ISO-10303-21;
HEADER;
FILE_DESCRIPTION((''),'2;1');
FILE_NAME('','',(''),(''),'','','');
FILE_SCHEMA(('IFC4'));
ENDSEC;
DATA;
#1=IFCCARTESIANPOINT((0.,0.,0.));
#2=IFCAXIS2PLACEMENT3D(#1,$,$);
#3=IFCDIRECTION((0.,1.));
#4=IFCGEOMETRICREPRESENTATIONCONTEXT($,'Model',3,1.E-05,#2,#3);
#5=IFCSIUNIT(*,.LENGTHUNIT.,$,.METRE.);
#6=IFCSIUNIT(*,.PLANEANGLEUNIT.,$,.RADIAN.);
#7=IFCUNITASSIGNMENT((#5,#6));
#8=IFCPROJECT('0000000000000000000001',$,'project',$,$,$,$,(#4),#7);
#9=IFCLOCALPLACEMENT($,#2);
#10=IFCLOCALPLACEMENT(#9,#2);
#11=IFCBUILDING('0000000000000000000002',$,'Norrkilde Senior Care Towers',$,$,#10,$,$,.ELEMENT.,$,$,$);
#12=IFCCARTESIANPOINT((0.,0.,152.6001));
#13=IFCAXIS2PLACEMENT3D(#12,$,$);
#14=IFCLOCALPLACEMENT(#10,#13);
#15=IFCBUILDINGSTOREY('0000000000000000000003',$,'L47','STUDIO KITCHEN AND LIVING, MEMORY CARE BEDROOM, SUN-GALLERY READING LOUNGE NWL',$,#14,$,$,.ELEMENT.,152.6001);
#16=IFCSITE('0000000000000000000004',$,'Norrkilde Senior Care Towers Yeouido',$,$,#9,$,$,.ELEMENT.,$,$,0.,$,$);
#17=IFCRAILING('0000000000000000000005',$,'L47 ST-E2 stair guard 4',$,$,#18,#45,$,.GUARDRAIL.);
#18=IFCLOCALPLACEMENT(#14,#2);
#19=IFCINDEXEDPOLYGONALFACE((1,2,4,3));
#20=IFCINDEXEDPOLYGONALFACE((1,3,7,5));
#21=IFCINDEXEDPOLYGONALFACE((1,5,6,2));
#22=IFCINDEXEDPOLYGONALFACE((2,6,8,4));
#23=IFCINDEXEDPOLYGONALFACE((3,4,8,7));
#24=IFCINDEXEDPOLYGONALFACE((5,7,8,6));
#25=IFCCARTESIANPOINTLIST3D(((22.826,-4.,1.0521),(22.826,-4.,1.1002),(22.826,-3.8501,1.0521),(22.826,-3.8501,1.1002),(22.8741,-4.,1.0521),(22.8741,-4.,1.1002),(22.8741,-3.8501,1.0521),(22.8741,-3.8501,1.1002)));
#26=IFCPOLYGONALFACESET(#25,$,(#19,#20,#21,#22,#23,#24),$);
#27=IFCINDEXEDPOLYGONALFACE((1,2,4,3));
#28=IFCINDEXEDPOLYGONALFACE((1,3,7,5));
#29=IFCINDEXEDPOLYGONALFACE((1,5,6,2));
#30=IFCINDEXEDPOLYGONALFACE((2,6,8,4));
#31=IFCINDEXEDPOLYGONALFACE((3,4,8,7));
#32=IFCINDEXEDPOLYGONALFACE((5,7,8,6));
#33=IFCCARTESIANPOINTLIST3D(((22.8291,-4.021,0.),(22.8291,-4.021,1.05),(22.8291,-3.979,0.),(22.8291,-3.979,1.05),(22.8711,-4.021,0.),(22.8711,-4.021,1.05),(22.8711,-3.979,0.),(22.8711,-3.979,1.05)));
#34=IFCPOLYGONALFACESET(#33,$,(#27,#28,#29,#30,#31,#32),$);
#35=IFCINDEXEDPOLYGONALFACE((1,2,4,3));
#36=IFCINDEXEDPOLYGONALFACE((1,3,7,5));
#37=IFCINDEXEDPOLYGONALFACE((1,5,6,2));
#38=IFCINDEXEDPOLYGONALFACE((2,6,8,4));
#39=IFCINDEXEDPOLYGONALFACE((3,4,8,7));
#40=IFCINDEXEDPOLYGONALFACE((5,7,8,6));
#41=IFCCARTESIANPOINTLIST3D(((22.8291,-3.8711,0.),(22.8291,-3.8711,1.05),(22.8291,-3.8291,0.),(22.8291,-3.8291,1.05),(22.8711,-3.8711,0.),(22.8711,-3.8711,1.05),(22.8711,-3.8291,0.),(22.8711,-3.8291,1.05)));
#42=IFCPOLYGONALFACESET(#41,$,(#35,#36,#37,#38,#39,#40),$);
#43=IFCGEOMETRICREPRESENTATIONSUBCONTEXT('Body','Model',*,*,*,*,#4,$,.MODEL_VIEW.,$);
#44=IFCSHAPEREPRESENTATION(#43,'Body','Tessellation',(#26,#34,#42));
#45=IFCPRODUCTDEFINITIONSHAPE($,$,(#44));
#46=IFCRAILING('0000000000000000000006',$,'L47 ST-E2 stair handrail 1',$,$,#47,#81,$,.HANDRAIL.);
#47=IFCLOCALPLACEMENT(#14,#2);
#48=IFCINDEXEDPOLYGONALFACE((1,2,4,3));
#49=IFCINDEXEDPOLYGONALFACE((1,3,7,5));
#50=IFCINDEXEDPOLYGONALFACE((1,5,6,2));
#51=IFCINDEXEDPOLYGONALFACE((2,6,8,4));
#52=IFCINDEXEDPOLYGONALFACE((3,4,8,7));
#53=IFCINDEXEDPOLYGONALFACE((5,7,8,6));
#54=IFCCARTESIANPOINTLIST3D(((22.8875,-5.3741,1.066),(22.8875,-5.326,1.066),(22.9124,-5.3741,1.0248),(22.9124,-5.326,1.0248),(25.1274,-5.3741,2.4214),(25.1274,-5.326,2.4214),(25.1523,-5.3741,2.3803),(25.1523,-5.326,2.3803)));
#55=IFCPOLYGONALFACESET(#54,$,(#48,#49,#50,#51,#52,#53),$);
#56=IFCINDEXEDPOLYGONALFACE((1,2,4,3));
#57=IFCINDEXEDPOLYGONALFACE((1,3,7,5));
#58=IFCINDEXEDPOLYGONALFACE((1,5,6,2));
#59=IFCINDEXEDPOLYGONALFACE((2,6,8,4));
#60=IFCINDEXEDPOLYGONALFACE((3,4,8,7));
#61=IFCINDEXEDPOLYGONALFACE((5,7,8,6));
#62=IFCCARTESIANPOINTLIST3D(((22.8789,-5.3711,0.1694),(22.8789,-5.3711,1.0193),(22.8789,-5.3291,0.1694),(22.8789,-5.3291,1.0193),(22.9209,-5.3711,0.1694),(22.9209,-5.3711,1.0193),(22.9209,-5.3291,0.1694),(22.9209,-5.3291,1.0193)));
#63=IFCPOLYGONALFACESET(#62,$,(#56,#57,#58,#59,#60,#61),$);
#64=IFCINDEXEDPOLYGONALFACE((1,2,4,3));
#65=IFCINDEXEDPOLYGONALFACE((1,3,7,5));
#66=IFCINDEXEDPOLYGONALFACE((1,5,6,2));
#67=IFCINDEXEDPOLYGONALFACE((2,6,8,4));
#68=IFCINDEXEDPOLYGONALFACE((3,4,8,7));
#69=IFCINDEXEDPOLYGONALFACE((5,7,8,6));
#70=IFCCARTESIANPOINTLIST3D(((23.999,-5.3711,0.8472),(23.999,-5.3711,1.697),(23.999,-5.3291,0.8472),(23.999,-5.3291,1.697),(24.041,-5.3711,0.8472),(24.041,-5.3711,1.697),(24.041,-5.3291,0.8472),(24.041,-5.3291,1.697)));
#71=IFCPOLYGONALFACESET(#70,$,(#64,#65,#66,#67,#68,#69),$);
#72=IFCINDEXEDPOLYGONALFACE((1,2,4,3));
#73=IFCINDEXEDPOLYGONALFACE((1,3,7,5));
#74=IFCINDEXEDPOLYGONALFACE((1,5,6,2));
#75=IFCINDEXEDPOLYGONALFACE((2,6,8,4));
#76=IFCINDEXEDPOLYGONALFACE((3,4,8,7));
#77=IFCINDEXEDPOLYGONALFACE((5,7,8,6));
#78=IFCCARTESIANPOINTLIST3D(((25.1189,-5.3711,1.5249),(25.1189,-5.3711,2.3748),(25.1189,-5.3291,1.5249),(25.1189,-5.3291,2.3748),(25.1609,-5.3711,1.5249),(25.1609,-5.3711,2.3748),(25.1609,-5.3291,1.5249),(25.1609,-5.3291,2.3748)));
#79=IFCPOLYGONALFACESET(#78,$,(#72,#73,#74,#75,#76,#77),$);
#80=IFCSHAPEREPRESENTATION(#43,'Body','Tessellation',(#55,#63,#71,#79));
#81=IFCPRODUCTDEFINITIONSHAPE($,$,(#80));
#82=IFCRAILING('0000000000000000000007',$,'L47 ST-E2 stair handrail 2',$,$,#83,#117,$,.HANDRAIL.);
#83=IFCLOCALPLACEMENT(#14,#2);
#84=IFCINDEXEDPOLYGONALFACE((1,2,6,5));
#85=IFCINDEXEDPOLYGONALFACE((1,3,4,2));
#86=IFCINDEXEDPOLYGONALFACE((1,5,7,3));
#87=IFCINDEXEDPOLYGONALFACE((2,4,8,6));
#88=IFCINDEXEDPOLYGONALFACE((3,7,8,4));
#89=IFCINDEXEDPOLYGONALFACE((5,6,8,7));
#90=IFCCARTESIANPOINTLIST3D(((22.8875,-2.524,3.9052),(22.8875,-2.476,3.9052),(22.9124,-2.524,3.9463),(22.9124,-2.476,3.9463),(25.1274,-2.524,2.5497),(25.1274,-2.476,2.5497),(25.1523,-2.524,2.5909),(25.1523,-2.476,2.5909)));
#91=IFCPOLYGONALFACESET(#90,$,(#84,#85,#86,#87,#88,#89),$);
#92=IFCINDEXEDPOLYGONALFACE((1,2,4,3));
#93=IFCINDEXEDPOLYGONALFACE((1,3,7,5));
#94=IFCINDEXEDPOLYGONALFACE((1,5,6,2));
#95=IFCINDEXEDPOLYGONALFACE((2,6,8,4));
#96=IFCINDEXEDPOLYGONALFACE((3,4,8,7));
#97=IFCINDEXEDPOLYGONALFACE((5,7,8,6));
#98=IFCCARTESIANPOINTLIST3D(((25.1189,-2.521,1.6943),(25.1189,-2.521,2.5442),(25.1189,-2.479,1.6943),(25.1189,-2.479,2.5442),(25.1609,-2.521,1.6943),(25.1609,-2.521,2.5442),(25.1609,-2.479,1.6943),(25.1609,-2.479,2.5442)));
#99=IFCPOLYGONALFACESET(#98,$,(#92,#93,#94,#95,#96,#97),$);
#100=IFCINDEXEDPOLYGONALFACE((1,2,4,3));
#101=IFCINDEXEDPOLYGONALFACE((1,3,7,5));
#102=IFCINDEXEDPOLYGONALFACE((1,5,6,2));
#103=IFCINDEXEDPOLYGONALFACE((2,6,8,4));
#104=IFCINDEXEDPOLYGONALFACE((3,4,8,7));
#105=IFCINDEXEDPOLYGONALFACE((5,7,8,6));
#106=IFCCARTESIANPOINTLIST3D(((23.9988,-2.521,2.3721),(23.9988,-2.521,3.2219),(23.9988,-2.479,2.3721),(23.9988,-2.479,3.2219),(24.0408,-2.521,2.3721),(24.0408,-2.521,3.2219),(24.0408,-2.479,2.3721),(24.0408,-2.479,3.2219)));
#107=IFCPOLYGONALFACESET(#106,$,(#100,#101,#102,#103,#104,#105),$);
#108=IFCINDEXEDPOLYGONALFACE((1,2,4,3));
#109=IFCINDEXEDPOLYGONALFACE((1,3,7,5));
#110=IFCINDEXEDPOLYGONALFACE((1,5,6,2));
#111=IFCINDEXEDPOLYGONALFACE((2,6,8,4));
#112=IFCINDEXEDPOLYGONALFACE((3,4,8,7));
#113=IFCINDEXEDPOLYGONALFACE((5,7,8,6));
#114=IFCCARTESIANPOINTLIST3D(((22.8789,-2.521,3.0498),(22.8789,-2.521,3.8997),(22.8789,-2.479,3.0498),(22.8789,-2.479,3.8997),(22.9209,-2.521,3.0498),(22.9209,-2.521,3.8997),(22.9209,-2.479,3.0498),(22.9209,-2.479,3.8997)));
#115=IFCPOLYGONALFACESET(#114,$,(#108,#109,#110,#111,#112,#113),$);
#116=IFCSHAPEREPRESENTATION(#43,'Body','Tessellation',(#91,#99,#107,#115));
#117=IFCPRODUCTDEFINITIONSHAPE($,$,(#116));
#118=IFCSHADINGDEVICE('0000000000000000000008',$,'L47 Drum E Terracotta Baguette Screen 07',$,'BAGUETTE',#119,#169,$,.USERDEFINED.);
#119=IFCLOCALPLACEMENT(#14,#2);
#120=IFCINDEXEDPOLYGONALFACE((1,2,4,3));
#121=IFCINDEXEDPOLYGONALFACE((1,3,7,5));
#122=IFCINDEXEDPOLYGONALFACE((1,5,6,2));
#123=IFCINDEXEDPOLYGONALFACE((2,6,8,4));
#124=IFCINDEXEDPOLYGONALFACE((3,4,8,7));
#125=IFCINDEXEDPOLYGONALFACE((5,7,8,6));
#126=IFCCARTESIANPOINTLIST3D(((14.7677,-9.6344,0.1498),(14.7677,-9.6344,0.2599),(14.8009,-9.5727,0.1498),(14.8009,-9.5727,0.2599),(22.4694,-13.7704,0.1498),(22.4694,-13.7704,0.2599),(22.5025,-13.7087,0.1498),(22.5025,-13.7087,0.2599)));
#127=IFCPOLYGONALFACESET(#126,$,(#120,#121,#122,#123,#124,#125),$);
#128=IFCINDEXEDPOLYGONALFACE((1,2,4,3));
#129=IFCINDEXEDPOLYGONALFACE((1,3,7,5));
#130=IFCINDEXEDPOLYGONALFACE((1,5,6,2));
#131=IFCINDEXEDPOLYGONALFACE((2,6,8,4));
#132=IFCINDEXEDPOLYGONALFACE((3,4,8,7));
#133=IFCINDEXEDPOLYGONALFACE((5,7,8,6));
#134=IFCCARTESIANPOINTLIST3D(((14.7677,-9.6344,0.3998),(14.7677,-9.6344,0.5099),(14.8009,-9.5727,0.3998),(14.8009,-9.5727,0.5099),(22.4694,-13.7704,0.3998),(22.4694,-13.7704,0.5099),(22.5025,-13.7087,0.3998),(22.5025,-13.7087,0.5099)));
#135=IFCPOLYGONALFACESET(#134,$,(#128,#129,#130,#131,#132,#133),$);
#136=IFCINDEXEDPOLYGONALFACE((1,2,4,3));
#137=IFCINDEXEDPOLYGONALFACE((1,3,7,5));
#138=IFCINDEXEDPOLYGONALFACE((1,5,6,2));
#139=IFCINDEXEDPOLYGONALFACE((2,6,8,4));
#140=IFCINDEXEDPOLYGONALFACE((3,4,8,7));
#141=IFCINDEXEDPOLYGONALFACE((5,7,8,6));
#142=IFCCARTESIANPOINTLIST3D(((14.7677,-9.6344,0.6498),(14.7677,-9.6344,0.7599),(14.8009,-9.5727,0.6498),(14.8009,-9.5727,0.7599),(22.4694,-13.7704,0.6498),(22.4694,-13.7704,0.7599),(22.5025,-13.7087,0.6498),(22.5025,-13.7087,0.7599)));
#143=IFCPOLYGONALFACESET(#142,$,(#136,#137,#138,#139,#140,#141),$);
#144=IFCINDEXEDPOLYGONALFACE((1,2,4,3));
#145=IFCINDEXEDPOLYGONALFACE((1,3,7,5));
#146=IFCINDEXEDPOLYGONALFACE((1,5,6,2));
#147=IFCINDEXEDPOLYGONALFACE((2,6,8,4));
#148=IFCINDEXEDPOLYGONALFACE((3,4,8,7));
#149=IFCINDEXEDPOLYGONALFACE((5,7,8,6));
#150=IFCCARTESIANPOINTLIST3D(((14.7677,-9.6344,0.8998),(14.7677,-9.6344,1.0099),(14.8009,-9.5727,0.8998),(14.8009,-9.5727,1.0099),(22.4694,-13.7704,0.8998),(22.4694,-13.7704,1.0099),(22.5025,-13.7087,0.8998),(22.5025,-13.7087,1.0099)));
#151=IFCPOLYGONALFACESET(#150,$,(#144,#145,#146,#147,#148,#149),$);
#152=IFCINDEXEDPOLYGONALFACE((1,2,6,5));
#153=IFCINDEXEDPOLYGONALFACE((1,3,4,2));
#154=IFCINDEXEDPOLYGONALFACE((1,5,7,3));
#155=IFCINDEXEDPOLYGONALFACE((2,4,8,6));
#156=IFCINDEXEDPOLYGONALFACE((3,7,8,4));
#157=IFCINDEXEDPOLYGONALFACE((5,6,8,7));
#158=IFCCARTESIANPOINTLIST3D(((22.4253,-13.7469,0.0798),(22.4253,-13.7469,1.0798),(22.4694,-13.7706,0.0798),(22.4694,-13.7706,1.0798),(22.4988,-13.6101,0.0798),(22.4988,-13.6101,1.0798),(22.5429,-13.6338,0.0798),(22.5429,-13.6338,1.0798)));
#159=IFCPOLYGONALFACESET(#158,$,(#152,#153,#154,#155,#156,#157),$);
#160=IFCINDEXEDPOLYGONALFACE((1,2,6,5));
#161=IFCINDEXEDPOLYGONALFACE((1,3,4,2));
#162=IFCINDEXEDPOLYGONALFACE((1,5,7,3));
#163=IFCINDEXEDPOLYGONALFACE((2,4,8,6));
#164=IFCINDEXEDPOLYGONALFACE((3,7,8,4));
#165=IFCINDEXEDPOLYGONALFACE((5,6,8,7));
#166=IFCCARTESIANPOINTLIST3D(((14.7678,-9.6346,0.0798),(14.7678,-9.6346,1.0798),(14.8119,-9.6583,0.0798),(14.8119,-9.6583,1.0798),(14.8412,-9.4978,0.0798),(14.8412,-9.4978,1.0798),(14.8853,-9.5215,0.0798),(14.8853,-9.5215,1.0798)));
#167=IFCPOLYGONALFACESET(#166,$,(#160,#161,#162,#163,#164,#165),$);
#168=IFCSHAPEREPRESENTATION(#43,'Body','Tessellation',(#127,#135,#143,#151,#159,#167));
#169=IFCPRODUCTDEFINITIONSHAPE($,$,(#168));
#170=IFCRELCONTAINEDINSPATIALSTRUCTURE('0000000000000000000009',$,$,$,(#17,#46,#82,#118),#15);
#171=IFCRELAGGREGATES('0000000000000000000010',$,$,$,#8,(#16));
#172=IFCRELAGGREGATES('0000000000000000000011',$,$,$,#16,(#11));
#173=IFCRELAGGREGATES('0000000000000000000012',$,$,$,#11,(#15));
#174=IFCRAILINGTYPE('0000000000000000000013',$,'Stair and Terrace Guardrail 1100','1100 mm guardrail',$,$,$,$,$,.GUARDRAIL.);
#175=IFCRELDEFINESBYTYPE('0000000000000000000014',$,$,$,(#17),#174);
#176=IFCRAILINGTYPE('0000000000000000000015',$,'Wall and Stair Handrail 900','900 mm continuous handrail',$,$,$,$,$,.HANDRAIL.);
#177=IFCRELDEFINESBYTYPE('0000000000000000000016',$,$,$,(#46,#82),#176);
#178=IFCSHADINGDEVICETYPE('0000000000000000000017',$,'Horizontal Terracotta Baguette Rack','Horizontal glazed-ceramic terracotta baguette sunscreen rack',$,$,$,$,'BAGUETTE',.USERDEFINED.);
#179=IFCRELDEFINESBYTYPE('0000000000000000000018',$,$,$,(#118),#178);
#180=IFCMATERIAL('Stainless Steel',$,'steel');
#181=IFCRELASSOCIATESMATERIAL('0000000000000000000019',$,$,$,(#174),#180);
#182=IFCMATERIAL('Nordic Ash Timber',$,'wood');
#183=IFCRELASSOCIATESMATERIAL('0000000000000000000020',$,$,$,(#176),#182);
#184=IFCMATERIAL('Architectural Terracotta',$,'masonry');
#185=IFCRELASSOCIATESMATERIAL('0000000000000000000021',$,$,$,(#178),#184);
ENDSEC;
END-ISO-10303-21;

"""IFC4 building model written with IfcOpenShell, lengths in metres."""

from ifc_helpers import new_model, si_unit, direction, frame, origin, origin_2d, place, context, subcontext, project, spatial, rectangle, extrude, source, transform, mapped, material, type_object, type_shapes, element, save


model = new_model("IFC4")

# Units and contexts
model_context = context("Model", 3, precision=1e-05, world=origin(), true_north=direction((0.0, 1.0)))
body_context = subcontext(model_context, "Body", "Model", "MODEL_VIEW")
ifc_project = project(units=[si_unit("LENGTHUNIT", "METRE"), si_unit("PLANEANGLEUNIT", "RADIAN")], contexts=[model_context])

# Site, building, storey
site_placement = place(None, origin())
site = spatial("IfcSite", under=ifc_project, at=site_placement, Name="Norrkilde Senior Care Towers Yeouido", CompositionType="ELEMENT", RefElevation=0.0)
building_placement = place(site_placement, origin())
building = spatial("IfcBuilding", under=site, at=building_placement, Name="Norrkilde Senior Care Towers", CompositionType="ELEMENT")
storey_placement = place(building_placement, frame((0.0, 0.0, 152.6001)))
storey = spatial("IfcBuildingStorey", under=building, at=storey_placement, Name="L47", Description="STUDIO KITCHEN AND LIVING, MEMORY CARE BEDROOM, SUN-GALLERY READING LOUNGE NWL", CompositionType="ELEMENT", Elevation=152.6001)

# Railings
ifc_material_1 = material(Name="Stainless Steel", Category="steel")
railing_type_1 = type_object("IfcRailingType", Name="Stair and Terrace Guardrail 1100", Description="1100 mm guardrail", PredefinedType="GUARDRAIL", material=ifc_material_1)
railing_1_placement = place(storey_placement, frame((22.8501, -4.0, 0.0)))
element("IfcRailing", 1, at=railing_1_placement, inside=storey, type_object=railing_type_1, Name="L47 ST-E2 stair guard 4", PredefinedType="GUARDRAIL", context=body_context, shape_type="SweptSolid", body=[
    extrude(rectangle(XDim=0.0481, YDim=0.0481, at=origin_2d()), frame((0.0, 0.0, 1.0762), z_axis=(0.0, 1.0, 0.0), x_axis=(-1.0, 0.0, 0.0)), (0.0, 0.0, 1.0), 0.1499),
    extrude(rectangle(XDim=0.042, YDim=0.042, at=origin_2d()), origin(), (0.0, 0.0, 1.0), 1.05),
    extrude(rectangle(XDim=0.042, YDim=0.042, at=origin_2d()), frame((0.0, 0.1499, 0.0)), (0.0, 0.0, 1.0), 1.05),
])
ifc_material_2 = material(Name="Nordic Ash Timber", Category="wood")
railing_type_2 = type_object("IfcRailingType", Name="Wall and Stair Handrail 900", Description="900 mm continuous handrail", PredefinedType="HANDRAIL", material=ifc_material_2)
railing_2_placement = place(storey_placement, frame((22.8999, -5.3501, 0.1694)))
element("IfcRailing", 2, at=railing_2_placement, inside=storey, type_object=railing_type_2, Name="L47 ST-E2 stair handrail 1", PredefinedType="HANDRAIL", context=body_context, shape_type="SweptSolid", body=[
    extrude(rectangle(XDim=0.0481, YDim=0.0481, at=origin_2d()), frame((0.0, 0.0, 0.876), z_axis=(0.855553, 0.0, 0.517715), x_axis=(0.0, 1.0, 0.0)), (0.0, 0.0, 1.0), 2.6182),
    extrude(rectangle(XDim=0.042, YDim=0.042, at=origin_2d()), origin(), (0.0, 0.0, 1.0), 0.8499),
    extrude(rectangle(XDim=0.042, YDim=0.042, at=origin_2d()), frame((1.1201, 0.0, 0.6777)), (0.0, 0.0, 1.0), 0.8499),
    extrude(rectangle(XDim=0.042, YDim=0.042, at=origin_2d()), frame((2.24, 0.0, 1.3555)), (0.0, 0.0, 1.0), 0.8499),
])
railing_3_placement = place(storey_placement, frame((25.1399, -2.5, 1.6943)))
element("IfcRailing", 3, at=railing_3_placement, inside=storey, type_object=railing_type_2, Name="L47 ST-E2 stair handrail 2", PredefinedType="HANDRAIL", context=body_context, shape_type="SweptSolid", body=[
    extrude(rectangle(XDim=0.0481, YDim=0.0481, at=origin_2d()), frame((0.0, 0.0, 0.876), z_axis=(-0.855553, 0.0, 0.517715), x_axis=(0.0, -1.0, 0.0)), (0.0, 0.0, 1.0), 2.6182),
    extrude(rectangle(XDim=0.042, YDim=0.042, at=origin_2d()), origin(), (0.0, 0.0, 1.0), 0.8499),
    extrude(rectangle(XDim=0.042, YDim=0.042, at=origin_2d()), frame((-1.1201, 0.0, 0.6777)), (0.0, 0.0, 1.0), 0.8499),
    extrude(rectangle(XDim=0.042, YDim=0.042, at=origin_2d()), frame((-2.24, 0.0, 1.3555)), (0.0, 0.0, 1.0), 0.8499),
])

# Shading device
ifc_material_3 = material(Name="Architectural Terracotta", Category="masonry")
shading_device_type = type_object("IfcShadingDeviceType", Name="Horizontal Terracotta Baguette Rack", Description="Horizontal glazed-ceramic terracotta baguette sunscreen rack", ElementType="BAGUETTE", PredefinedType="USERDEFINED", material=ifc_material_3)
shared_shape_1 = source(origin(), body_context, "Body", "SweptSolid", [
    extrude(rectangle(XDim=0.0701, YDim=0.1101, at=origin_2d()), frame((0.0, 0.0901, 0.125), z_axis=(1.0, 0.0, 0.0), x_axis=(0.0, 1.0, 0.0)), (0.0, 0.0, 1.0), 8.7419),
    extrude(rectangle(XDim=0.0701, YDim=0.1101, at=origin_2d()), frame((0.0, 0.0901, 0.375), z_axis=(1.0, 0.0, 0.0), x_axis=(0.0, 1.0, 0.0)), (0.0, 0.0, 1.0), 8.7419),
    extrude(rectangle(XDim=0.0701, YDim=0.1101, at=origin_2d()), frame((0.0, 0.0901, 0.625), z_axis=(1.0, 0.0, 0.0), x_axis=(0.0, 1.0, 0.0)), (0.0, 0.0, 1.0), 8.7419),
    extrude(rectangle(XDim=0.0701, YDim=0.1101, at=origin_2d()), frame((0.0, 0.0901, 0.875), z_axis=(1.0, 0.0, 0.0), x_axis=(0.0, 1.0, 0.0)), (0.0, 0.0, 1.0), 8.7419),
    extrude(rectangle(XDim=0.05, YDim=0.1553, at=origin_2d()), frame((0.0249, 0.0476, 0.0)), (0.0, 0.0, 1.0), 1.0),
    extrude(rectangle(XDim=0.05, YDim=0.1553, at=origin_2d()), frame((8.7168, 0.0476, 0.0)), (0.0, 0.0, 1.0), 1.0),
])
type_shapes(shading_device_type, [shared_shape_1])
shading_device_placement = place(storey_placement, frame((22.5286, -13.6602, 0.0798), z_axis=(0.0, 0.0, 1.0), x_axis=(-0.881001, 0.47312, 0.0)))
element("IfcShadingDevice", 4, at=shading_device_placement, inside=storey, type_object=shading_device_type, Name="L47 Drum E Terracotta Baguette Screen 07", ObjectType="BAGUETTE", PredefinedType="USERDEFINED", context=body_context, shape_type="MappedRepresentation", body=[
    mapped(shared_shape_1, transform((0.0, 0.0, 0.0), x_axis=(1.0, 0.0, 0.0), y_axis=(0.0, 1.0, 0.0), z_axis=(0.0, 0.0, 1.0), scale=1.0)),
])

save(model, "model.ifc")
